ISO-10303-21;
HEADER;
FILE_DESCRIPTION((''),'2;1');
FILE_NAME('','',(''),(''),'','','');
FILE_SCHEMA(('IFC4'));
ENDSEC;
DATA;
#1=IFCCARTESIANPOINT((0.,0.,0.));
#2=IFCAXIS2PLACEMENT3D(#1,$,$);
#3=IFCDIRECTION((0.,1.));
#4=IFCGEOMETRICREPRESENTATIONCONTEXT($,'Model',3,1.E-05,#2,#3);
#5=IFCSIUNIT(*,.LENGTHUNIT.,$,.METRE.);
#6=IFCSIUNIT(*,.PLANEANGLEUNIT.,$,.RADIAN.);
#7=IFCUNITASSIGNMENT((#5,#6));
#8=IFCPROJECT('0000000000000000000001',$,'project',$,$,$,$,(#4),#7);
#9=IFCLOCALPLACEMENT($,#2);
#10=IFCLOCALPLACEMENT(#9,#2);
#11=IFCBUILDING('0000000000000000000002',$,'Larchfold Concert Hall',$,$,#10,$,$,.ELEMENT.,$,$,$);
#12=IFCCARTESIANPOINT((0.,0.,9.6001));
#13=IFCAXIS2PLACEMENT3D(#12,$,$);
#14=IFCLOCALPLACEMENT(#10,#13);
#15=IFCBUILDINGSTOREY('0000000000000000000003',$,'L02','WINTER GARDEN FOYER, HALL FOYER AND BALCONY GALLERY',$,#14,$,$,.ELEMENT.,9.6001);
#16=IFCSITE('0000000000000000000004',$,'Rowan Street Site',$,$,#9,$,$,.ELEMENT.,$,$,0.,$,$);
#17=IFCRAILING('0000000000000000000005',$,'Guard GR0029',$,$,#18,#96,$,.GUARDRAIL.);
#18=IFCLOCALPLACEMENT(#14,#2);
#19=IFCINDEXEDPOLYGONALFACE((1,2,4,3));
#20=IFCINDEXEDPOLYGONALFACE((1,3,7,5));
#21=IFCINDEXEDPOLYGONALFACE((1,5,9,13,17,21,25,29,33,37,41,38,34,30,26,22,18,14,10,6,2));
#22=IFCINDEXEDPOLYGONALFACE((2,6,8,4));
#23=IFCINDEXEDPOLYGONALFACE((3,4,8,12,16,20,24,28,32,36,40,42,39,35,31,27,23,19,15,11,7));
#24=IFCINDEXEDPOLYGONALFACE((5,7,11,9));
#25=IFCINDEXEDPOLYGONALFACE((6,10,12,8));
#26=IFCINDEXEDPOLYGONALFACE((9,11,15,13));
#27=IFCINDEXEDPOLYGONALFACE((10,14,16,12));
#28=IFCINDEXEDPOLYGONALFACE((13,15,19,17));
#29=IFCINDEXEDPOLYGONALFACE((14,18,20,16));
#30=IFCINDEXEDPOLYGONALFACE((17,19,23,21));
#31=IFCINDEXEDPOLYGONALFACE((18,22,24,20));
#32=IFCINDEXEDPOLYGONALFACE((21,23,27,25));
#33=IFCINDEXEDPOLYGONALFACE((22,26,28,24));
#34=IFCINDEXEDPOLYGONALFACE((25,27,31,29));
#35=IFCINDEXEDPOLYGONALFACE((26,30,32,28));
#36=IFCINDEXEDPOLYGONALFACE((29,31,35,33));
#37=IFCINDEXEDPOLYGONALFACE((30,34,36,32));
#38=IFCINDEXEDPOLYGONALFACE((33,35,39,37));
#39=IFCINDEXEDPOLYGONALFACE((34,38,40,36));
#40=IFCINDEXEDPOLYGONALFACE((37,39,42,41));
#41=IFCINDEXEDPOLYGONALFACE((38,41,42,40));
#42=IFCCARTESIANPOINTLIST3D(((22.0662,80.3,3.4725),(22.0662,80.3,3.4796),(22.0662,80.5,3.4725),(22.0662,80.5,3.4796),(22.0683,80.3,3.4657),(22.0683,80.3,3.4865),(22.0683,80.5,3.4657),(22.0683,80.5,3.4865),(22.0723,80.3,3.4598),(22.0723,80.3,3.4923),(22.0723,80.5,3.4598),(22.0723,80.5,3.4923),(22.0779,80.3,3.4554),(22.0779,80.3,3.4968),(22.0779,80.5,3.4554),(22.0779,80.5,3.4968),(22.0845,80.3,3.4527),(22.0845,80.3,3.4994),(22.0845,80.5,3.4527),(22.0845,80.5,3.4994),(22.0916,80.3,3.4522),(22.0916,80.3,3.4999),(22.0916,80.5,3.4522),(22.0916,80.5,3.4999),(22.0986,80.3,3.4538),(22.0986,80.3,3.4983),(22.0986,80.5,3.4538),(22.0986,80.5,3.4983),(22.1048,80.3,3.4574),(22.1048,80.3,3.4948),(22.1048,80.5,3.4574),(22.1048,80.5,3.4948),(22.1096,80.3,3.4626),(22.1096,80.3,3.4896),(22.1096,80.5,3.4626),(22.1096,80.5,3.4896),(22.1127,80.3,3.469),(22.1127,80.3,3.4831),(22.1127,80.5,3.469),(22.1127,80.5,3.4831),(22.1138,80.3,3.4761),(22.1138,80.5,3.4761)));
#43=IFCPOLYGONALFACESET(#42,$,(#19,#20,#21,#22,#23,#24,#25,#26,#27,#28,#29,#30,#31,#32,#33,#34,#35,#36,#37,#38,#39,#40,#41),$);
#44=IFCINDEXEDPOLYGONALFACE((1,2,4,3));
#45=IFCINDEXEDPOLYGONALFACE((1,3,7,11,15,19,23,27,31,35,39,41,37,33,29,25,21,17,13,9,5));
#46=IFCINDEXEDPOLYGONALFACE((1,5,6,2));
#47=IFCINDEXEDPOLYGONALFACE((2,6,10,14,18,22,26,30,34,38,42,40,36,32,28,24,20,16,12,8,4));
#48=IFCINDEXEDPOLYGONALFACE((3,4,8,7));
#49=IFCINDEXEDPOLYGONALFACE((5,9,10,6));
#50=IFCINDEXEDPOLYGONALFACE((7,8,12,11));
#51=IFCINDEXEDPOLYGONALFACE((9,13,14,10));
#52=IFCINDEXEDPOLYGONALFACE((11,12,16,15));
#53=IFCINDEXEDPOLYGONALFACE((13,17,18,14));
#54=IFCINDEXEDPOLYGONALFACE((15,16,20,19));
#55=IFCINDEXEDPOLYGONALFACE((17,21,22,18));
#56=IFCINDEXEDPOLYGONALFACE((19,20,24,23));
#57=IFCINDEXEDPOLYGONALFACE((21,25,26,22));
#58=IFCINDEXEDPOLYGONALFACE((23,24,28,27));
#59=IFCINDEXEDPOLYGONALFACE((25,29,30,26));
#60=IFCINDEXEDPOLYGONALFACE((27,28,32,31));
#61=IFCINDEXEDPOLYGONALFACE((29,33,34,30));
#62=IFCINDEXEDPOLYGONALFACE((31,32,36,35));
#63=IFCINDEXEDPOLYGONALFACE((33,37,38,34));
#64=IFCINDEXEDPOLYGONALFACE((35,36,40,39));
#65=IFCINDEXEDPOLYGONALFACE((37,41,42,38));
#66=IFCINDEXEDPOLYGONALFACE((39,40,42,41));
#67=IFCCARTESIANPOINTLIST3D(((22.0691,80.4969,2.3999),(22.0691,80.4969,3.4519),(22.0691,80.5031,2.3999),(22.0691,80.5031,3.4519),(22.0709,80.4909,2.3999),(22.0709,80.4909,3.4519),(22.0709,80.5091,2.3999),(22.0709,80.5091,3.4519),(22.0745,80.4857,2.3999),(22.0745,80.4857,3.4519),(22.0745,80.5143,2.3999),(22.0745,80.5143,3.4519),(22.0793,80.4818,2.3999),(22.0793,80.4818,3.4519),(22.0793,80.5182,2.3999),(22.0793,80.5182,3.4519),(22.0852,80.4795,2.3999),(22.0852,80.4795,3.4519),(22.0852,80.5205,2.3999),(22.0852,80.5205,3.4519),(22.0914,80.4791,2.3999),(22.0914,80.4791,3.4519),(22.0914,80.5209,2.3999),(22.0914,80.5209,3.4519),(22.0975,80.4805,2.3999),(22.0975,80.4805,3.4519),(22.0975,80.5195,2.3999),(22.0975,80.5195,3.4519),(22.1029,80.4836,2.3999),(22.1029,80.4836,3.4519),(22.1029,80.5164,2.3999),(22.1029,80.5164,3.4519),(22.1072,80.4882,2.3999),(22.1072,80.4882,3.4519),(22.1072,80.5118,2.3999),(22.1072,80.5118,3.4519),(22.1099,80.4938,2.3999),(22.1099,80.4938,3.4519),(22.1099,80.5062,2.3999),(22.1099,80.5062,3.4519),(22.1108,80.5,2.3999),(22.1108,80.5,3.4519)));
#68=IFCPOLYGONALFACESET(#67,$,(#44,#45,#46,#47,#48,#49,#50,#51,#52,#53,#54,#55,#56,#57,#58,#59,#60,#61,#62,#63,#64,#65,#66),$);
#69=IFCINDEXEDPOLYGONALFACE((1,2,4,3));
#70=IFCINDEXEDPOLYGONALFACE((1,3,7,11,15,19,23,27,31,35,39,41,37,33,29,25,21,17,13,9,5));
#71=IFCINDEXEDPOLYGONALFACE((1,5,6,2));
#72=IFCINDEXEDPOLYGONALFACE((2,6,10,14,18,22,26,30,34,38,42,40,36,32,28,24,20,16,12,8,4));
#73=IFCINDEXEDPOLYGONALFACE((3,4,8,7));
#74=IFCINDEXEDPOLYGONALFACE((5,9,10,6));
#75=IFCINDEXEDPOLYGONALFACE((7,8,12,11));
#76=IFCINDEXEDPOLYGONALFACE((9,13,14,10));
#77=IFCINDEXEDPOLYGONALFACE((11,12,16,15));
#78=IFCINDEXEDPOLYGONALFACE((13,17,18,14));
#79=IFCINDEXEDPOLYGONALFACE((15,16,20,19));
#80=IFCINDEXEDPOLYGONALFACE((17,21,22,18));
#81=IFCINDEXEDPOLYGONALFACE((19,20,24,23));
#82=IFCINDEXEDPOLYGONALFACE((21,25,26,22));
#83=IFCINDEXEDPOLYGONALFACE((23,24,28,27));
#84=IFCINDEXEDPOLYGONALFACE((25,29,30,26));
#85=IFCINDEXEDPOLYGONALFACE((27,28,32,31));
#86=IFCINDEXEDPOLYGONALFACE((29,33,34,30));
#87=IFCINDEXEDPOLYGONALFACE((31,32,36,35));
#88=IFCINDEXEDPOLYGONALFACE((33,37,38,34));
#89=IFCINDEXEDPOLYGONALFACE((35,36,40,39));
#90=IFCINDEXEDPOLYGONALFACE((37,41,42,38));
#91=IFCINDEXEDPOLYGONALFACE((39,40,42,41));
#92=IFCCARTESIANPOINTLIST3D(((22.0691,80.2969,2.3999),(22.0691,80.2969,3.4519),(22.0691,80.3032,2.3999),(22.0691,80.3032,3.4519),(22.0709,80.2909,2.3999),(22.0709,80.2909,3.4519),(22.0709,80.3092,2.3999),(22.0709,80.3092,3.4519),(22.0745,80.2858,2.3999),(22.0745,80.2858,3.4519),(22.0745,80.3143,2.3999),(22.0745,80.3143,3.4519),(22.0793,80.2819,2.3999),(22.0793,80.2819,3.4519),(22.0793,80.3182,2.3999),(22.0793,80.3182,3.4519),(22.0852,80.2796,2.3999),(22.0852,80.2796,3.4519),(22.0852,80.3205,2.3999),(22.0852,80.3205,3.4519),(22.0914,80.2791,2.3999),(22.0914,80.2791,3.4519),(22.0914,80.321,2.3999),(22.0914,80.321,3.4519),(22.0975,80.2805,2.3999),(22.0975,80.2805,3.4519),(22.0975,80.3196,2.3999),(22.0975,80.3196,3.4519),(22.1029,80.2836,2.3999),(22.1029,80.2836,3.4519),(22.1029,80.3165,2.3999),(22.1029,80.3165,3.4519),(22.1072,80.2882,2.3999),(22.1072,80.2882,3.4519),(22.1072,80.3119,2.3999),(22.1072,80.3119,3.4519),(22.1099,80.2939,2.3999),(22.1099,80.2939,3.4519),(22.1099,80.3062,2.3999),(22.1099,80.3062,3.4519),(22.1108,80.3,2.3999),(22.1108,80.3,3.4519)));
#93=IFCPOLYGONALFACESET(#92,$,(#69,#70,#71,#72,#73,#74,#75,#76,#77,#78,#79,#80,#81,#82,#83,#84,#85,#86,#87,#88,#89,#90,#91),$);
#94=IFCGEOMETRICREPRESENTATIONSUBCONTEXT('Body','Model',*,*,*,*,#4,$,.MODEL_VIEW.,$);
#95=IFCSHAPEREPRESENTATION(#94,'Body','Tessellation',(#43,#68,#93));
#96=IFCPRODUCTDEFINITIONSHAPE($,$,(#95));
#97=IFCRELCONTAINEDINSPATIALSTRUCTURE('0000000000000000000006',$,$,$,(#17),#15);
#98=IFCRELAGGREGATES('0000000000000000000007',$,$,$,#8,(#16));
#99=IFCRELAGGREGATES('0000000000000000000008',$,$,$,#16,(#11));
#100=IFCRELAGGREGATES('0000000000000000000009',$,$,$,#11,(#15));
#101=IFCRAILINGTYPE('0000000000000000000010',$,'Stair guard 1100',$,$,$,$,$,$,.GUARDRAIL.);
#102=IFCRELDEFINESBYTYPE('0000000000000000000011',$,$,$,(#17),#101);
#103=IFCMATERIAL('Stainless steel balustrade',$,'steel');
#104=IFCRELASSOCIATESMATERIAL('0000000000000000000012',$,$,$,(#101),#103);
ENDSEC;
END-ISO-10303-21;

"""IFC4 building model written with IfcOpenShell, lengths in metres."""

from ifc_helpers import new_model, si_unit, direction, frame, origin, origin_2d, place, context, subcontext, project, spatial, circle, extrude, material, type_object, element, save


model = new_model("IFC4")

# Units and contexts
model_context = context("Model", 3, precision=1e-05, world=origin(), true_north=direction((0.0, 1.0)))
body_context = subcontext(model_context, "Body", "Model", "MODEL_VIEW")
ifc_project = project(units=[si_unit("LENGTHUNIT", "METRE"), si_unit("PLANEANGLEUNIT", "RADIAN")], contexts=[model_context])

# Site, building, storey
site_placement = place(None, origin())
site = spatial("IfcSite", under=ifc_project, at=site_placement, Name="Rowan Street Site", CompositionType="ELEMENT", RefElevation=0.0)
building_placement = place(site_placement, origin())
building = spatial("IfcBuilding", under=site, at=building_placement, Name="Larchfold Concert Hall", CompositionType="ELEMENT")
storey_placement = place(building_placement, frame((0.0, 0.0, 9.6001)))
storey = spatial("IfcBuildingStorey", under=building, at=storey_placement, Name="L02", Description="WINTER GARDEN FOYER, HALL FOYER AND BALCONY GALLERY", CompositionType="ELEMENT", Elevation=9.6001)

# Railing
ifc_material_1 = material(Name="Stainless steel balustrade", Category="steel")
railing_type_1 = type_object("IfcRailingType", Name="Stair guard 1100", PredefinedType="GUARDRAIL", material=ifc_material_1)
railing_1_placement = place(storey_placement, frame((22.0898, 80.5, 2.3999)))
element("IfcRailing", 1, at=railing_1_placement, inside=storey, type_object=railing_type_1, Name="Guard GR0029", PredefinedType="GUARDRAIL", context=body_context, shape_type="SweptSolid", body=[
    extrude(circle(Radius=0.0239, at=origin_2d()), frame((0.0, 0.0, 1.0762), z_axis=(0.0, -1.0, 0.0), x_axis=(1.0, 0.0, 0.0)), (0.0, 0.0, 1.0), 0.2),
    extrude(circle(Radius=0.021, at=origin_2d()), origin(), (0.0, 0.0, 1.0), 1.052),
    extrude(circle(Radius=0.021, at=origin_2d()), frame((0.0, -0.2, 0.0)), (0.0, 0.0, 1.0), 1.052),
])

save(model, "model.ifc")
